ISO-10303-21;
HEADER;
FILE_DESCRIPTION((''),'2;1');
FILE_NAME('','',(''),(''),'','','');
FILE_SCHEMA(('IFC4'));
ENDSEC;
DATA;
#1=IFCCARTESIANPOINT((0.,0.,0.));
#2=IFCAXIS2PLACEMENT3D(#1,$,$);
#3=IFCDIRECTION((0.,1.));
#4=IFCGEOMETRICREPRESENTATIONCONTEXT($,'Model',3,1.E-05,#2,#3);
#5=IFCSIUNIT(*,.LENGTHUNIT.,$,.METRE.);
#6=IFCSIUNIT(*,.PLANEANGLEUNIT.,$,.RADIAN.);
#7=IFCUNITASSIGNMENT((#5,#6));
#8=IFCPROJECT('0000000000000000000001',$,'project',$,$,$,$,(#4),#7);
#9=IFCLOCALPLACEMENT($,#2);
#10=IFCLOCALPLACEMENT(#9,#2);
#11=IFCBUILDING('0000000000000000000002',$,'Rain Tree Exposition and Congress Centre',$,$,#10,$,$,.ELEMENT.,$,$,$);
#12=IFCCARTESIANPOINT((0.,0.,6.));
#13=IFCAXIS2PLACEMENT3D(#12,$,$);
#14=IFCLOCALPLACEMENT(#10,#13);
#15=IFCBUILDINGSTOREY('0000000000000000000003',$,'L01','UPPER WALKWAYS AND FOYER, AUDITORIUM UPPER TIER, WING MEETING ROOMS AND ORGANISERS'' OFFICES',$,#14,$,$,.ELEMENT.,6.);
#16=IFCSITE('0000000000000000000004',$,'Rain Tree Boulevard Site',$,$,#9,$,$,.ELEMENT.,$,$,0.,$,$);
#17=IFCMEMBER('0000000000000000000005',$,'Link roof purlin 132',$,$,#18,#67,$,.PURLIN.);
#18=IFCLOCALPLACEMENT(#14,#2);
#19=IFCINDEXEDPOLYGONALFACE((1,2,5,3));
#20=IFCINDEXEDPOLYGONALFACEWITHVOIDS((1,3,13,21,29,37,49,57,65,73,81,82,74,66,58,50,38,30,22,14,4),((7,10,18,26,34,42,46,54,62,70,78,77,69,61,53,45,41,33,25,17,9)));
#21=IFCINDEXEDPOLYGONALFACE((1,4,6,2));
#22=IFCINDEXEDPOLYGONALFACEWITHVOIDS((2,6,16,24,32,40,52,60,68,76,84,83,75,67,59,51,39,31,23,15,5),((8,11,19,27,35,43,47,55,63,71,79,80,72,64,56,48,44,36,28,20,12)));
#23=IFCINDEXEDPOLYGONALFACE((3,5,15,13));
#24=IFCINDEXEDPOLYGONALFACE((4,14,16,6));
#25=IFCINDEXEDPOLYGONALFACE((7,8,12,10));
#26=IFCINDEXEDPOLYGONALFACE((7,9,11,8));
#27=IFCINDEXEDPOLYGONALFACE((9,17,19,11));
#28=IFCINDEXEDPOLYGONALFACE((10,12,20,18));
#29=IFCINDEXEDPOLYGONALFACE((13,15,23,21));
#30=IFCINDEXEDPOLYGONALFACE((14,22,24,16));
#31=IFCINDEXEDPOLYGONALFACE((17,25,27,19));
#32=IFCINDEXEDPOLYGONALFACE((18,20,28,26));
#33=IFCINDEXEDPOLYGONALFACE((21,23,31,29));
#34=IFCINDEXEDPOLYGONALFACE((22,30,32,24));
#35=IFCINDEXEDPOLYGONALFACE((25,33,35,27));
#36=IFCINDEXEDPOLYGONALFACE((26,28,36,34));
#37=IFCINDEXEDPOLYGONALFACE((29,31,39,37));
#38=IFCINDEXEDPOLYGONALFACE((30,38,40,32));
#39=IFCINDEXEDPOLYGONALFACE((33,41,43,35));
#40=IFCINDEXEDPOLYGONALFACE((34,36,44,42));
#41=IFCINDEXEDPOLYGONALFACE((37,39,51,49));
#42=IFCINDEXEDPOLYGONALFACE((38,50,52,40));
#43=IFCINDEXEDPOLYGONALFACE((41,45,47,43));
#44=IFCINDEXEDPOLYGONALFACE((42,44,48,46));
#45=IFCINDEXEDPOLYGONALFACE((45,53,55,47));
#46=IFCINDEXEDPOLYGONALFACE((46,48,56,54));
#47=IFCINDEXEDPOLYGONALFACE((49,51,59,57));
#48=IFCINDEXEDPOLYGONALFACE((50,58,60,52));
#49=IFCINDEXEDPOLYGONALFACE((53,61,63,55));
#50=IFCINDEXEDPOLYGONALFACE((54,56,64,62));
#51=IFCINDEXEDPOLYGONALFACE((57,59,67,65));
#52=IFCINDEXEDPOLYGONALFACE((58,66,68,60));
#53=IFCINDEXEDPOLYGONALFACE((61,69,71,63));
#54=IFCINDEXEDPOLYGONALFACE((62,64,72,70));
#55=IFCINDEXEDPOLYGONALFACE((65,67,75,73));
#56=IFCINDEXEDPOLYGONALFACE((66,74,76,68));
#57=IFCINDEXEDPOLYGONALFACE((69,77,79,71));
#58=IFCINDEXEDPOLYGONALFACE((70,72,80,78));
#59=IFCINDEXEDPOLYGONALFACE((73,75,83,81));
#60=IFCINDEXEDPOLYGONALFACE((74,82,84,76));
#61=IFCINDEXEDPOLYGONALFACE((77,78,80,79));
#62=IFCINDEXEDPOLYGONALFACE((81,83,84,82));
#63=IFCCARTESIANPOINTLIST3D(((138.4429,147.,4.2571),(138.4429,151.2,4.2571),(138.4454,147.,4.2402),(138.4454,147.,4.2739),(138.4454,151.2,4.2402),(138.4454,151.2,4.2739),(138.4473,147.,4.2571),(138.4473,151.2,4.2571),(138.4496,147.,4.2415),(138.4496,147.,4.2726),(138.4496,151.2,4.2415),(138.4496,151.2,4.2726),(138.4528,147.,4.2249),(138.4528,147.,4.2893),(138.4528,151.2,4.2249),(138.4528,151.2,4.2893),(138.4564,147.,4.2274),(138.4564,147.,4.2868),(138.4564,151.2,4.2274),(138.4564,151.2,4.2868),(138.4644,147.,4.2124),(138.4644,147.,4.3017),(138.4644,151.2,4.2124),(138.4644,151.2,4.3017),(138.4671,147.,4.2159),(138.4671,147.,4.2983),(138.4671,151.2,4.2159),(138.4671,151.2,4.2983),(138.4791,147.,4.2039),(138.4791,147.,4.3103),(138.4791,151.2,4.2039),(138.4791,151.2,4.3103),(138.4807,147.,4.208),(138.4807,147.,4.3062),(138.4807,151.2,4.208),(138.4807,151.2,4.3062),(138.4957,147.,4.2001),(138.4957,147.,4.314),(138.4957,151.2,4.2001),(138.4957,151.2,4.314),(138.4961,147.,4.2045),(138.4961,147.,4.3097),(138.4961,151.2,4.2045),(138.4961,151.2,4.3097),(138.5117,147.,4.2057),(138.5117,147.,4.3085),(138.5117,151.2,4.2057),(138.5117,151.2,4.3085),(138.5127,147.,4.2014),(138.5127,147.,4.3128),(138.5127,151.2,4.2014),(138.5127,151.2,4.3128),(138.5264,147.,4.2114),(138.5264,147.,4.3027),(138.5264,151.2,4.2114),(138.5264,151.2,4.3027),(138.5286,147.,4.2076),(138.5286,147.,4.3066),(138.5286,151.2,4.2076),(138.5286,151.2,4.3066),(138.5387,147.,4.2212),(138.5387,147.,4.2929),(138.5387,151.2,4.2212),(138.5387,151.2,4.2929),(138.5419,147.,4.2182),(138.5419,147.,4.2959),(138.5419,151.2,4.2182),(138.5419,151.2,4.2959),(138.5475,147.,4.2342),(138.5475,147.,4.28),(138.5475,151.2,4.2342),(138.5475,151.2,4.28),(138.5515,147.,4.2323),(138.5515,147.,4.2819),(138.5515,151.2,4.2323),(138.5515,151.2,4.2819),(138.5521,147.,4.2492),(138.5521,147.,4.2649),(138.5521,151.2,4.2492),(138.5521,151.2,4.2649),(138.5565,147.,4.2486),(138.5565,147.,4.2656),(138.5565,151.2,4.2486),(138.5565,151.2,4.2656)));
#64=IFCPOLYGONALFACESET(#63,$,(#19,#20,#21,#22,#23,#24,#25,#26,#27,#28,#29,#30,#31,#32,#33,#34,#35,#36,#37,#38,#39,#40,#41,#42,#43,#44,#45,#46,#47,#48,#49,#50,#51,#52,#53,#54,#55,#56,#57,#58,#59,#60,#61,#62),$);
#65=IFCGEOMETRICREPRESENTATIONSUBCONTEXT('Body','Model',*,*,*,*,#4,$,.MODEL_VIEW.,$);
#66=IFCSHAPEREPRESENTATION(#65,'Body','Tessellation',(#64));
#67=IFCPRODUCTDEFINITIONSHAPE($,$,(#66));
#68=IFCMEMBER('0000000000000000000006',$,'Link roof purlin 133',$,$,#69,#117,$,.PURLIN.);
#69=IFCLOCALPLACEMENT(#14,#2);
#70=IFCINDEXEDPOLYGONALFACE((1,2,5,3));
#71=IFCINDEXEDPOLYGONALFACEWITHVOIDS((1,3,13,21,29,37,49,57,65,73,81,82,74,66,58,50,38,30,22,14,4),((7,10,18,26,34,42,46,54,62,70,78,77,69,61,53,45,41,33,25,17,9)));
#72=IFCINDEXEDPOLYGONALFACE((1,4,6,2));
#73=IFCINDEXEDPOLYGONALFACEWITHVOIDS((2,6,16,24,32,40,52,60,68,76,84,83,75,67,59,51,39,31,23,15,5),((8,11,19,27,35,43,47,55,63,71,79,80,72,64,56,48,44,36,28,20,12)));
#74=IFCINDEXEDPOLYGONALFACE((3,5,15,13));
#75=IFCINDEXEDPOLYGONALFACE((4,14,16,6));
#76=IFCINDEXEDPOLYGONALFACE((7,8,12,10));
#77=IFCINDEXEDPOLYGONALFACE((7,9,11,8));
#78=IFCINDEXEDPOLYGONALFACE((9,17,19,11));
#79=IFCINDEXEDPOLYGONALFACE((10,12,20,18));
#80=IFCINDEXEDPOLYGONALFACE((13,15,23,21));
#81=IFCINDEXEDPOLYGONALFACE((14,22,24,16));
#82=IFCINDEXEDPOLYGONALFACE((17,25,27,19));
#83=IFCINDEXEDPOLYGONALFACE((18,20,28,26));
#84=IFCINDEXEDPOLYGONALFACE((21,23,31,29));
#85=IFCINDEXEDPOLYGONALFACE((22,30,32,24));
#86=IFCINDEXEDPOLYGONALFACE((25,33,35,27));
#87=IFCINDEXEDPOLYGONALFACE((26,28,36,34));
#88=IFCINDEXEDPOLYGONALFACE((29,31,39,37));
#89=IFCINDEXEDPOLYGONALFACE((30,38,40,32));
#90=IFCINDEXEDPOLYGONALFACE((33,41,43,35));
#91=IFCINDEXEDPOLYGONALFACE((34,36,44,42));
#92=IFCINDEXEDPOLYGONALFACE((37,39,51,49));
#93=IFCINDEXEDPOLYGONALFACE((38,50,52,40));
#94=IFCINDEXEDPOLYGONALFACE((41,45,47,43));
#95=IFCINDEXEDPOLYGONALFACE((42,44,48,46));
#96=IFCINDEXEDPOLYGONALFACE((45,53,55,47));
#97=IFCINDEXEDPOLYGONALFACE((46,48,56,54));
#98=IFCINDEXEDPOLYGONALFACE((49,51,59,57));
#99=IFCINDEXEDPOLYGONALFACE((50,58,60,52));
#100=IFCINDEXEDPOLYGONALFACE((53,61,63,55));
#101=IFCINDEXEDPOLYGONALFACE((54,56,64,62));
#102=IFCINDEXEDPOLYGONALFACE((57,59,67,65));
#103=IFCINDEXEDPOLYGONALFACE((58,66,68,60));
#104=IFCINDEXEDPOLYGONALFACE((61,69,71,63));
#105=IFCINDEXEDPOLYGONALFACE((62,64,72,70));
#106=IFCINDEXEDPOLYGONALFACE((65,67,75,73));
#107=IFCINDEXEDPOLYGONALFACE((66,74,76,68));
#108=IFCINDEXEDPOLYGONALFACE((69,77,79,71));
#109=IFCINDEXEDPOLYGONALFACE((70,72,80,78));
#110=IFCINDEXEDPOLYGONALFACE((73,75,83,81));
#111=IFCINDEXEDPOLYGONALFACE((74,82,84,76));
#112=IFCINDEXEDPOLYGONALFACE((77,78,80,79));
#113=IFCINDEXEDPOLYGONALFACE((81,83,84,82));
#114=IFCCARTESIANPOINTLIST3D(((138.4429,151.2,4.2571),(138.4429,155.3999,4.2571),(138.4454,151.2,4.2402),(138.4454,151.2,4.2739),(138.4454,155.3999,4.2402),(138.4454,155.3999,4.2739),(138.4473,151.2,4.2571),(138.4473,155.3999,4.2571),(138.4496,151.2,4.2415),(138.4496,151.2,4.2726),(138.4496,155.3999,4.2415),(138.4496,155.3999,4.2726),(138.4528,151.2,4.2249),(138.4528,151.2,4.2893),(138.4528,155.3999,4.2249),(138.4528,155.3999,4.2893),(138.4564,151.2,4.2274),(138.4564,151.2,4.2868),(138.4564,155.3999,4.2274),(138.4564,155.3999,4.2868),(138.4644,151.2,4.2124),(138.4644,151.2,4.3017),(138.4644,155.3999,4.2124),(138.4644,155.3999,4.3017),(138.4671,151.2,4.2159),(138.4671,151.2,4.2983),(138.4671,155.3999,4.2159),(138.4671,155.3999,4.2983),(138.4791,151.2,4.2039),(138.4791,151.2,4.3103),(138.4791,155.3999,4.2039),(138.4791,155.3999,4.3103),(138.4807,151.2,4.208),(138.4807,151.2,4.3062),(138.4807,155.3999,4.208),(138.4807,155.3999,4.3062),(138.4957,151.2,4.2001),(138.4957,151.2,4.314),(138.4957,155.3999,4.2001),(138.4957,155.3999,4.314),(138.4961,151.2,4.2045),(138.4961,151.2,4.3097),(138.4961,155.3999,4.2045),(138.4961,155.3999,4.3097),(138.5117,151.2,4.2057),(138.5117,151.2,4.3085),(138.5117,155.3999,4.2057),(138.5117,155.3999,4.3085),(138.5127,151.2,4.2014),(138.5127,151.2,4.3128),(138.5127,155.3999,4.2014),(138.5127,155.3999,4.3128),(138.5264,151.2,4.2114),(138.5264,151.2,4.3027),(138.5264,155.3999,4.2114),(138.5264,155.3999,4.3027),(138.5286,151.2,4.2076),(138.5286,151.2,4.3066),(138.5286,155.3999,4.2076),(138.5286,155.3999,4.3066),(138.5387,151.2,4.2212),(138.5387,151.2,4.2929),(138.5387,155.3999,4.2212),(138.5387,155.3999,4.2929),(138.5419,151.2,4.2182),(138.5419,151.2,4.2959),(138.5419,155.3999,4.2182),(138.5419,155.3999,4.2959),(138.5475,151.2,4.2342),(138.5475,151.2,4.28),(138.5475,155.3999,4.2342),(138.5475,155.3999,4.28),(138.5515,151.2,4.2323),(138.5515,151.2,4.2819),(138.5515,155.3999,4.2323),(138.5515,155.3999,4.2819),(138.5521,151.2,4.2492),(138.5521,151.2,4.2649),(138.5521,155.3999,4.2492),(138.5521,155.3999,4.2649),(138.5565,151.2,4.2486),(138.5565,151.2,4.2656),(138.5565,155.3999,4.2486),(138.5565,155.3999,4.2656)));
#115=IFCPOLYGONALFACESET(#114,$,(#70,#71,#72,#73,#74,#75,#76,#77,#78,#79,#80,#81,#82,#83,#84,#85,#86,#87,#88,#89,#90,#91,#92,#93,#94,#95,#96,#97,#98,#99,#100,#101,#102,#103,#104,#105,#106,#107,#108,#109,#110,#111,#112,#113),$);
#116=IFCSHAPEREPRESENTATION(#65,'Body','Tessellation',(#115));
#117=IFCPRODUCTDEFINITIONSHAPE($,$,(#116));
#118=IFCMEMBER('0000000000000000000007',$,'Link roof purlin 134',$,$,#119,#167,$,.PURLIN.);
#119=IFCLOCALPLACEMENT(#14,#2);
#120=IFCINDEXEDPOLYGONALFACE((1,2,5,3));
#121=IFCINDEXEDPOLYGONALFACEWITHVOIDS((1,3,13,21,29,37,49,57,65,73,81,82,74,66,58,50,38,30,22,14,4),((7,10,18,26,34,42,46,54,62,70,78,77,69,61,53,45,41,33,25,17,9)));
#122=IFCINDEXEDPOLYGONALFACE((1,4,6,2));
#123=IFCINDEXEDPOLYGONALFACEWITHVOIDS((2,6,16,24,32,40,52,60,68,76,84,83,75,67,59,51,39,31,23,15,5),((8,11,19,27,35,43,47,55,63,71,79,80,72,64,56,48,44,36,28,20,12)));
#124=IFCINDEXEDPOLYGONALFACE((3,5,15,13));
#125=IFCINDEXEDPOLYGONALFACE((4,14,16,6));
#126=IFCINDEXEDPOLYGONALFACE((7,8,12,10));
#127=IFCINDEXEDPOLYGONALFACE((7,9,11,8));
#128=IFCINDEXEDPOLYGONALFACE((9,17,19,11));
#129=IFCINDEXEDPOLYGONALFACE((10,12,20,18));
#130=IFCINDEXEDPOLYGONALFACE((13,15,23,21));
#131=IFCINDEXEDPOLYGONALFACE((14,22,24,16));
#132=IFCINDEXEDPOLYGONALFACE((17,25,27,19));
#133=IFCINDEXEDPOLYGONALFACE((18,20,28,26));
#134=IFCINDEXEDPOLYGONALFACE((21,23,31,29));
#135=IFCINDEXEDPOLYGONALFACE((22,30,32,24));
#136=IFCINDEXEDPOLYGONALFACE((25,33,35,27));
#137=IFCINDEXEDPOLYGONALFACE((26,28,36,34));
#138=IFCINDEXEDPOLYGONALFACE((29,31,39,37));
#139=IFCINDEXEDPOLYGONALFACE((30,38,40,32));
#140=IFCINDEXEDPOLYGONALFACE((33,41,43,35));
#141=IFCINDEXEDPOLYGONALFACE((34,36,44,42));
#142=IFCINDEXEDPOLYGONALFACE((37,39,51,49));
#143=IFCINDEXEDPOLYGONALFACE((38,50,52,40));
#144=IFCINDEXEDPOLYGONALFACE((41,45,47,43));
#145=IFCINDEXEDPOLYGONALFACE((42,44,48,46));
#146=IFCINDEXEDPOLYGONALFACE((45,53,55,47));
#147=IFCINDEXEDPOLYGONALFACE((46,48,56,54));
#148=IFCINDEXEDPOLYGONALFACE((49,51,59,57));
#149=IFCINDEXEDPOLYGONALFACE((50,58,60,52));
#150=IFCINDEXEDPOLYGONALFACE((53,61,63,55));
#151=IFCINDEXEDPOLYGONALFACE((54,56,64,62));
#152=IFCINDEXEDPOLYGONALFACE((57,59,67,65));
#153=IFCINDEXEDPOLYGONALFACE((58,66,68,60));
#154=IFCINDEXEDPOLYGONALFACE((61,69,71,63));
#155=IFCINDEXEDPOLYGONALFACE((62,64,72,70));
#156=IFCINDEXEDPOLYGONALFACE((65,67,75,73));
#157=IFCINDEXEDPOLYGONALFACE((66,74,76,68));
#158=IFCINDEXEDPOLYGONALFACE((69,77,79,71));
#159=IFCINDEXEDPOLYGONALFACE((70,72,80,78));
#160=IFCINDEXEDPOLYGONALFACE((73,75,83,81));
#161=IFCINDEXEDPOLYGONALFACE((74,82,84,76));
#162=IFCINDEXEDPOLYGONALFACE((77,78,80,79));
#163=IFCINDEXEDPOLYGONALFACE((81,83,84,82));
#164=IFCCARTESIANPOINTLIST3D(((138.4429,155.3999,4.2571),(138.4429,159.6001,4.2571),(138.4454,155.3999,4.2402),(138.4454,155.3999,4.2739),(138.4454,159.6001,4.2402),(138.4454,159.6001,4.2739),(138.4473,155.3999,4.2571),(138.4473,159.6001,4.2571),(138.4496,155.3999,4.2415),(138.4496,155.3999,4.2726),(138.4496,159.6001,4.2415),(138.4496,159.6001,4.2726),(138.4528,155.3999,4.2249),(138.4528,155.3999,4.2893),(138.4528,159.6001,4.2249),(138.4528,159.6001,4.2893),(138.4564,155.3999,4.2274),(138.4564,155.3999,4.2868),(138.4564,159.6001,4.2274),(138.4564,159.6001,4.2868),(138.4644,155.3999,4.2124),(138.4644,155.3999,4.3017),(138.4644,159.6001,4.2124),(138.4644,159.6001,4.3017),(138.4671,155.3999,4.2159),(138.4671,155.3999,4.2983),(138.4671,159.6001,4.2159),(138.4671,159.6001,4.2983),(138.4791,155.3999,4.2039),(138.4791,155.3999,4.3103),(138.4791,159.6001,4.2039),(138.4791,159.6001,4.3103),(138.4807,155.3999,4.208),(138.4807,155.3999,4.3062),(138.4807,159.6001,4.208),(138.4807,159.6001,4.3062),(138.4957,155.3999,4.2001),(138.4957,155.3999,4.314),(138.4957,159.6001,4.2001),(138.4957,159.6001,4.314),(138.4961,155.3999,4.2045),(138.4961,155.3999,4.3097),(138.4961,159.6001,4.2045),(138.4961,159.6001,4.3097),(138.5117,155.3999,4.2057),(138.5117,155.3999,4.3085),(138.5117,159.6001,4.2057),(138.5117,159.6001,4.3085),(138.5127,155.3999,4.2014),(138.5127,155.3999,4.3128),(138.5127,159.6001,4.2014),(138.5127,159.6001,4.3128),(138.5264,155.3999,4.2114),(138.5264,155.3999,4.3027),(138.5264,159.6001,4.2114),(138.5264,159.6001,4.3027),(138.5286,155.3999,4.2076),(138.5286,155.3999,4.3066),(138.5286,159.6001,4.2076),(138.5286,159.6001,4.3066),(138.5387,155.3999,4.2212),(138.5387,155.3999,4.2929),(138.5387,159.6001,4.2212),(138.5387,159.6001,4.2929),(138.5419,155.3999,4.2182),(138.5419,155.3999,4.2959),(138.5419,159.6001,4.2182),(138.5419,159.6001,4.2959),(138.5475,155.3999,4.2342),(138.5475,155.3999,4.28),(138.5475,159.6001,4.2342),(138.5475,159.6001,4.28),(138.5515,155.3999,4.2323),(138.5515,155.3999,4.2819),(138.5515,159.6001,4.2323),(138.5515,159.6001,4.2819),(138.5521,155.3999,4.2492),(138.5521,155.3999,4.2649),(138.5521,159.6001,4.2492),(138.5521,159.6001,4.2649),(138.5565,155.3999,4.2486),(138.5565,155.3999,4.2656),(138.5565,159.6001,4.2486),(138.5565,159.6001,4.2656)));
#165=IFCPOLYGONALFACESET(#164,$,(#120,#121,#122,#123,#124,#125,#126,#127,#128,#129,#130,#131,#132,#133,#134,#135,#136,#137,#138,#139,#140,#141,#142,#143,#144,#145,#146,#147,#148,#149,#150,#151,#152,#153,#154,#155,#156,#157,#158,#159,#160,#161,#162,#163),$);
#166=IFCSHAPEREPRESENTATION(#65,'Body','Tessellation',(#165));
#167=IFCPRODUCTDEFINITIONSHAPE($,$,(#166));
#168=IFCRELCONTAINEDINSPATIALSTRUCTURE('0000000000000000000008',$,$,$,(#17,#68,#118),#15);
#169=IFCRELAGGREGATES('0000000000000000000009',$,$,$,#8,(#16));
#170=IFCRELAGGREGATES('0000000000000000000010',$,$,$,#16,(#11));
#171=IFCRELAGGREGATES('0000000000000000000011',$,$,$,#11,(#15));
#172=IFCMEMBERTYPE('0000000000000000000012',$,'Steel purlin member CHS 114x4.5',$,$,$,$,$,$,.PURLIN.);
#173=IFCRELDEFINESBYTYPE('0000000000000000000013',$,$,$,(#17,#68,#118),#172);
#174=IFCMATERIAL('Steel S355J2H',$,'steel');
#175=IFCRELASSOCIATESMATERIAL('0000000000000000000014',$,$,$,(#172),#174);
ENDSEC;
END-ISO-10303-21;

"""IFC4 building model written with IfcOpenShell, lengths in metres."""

from ifc_helpers import new_model, si_unit, direction, frame, origin, origin_2d, place, context, subcontext, project, spatial, hollow_circle, extrude, material, material_profile, profile_set, type_object, element, save


model = new_model("IFC4")

# Units and contexts
model_context = context("Model", 3, precision=1e-05, world=origin(), true_north=direction((0.0, 1.0)))
body_context = subcontext(model_context, "Body", "Model", "MODEL_VIEW")
ifc_project = project(units=[si_unit("LENGTHUNIT", "METRE"), si_unit("PLANEANGLEUNIT", "RADIAN")], contexts=[model_context])

# Site, building, storey
site_placement = place(None, origin())
site = spatial("IfcSite", under=ifc_project, at=site_placement, Name="Rain Tree Boulevard Site", CompositionType="ELEMENT", RefElevation=0.0)
building_placement = place(site_placement, origin())
building = spatial("IfcBuilding", under=site, at=building_placement, Name="Rain Tree Exposition and Congress Centre", CompositionType="ELEMENT")
storey_placement = place(building_placement, frame((0.0, 0.0, 6.0)))
storey = spatial("IfcBuildingStorey", under=building, at=storey_placement, Name="L01", Description="UPPER WALKWAYS AND FOYER, AUDITORIUM UPPER TIER, WING MEETING ROOMS AND ORGANISERS' OFFICES", CompositionType="ELEMENT", Elevation=6.0)

# Members
ifc_material_1 = material(Name="Steel S355J2H", Category="steel")
ifc_material_profile = material_profile(ifc_material_1, hollow_circle(Radius=0.0571, WallThickness=0.0044, at=origin_2d()), Name="CHS 114x4.5")
ifc_profile_set = profile_set([ifc_material_profile], Name="Steel S355J2H")
member_type = type_object("IfcMemberType", Name="Steel purlin member CHS 114x4.5", PredefinedType="PURLIN", material=ifc_profile_set)
for number, where, z_axis, x_axis, name in (
    (1, (138.5, 147.0, 4.2571), (0.0, 1.0, 0.0), (-1.0, 0.0, 0.0), "Link roof purlin 132"),
    (2, (138.5, 151.2, 4.2571), (0.0, 1.0, 0.0), (-1.0, 0.0, 0.0), "Link roof purlin 133"),
):
    element("IfcMember", number, at=place(storey_placement, frame(where, z_axis=z_axis, x_axis=x_axis)), inside=storey, type_object=member_type, Name=name, PredefinedType="PURLIN", context=body_context, shape_type="SweptSolid", body=[
        extrude(hollow_circle(Radius=0.0571, WallThickness=0.0044, at=origin_2d()), origin(), (0.0, 0.0, 1.0), 4.2),
    ])
member_1_placement = place(storey_placement, frame((138.5, 155.3999, 4.2571), z_axis=(0.0, 1.0, 0.0), x_axis=(-1.0, 0.0, 0.0)))
element("IfcMember", 3, at=member_1_placement, inside=storey, type_object=member_type, Name="Link roof purlin 134", PredefinedType="PURLIN", context=body_context, shape_type="SweptSolid", body=[
    extrude(hollow_circle(Radius=0.0571, WallThickness=0.0044, at=origin_2d()), origin(), (0.0, 0.0, 1.0), 4.2002),
])

save(model, "model.ifc")
